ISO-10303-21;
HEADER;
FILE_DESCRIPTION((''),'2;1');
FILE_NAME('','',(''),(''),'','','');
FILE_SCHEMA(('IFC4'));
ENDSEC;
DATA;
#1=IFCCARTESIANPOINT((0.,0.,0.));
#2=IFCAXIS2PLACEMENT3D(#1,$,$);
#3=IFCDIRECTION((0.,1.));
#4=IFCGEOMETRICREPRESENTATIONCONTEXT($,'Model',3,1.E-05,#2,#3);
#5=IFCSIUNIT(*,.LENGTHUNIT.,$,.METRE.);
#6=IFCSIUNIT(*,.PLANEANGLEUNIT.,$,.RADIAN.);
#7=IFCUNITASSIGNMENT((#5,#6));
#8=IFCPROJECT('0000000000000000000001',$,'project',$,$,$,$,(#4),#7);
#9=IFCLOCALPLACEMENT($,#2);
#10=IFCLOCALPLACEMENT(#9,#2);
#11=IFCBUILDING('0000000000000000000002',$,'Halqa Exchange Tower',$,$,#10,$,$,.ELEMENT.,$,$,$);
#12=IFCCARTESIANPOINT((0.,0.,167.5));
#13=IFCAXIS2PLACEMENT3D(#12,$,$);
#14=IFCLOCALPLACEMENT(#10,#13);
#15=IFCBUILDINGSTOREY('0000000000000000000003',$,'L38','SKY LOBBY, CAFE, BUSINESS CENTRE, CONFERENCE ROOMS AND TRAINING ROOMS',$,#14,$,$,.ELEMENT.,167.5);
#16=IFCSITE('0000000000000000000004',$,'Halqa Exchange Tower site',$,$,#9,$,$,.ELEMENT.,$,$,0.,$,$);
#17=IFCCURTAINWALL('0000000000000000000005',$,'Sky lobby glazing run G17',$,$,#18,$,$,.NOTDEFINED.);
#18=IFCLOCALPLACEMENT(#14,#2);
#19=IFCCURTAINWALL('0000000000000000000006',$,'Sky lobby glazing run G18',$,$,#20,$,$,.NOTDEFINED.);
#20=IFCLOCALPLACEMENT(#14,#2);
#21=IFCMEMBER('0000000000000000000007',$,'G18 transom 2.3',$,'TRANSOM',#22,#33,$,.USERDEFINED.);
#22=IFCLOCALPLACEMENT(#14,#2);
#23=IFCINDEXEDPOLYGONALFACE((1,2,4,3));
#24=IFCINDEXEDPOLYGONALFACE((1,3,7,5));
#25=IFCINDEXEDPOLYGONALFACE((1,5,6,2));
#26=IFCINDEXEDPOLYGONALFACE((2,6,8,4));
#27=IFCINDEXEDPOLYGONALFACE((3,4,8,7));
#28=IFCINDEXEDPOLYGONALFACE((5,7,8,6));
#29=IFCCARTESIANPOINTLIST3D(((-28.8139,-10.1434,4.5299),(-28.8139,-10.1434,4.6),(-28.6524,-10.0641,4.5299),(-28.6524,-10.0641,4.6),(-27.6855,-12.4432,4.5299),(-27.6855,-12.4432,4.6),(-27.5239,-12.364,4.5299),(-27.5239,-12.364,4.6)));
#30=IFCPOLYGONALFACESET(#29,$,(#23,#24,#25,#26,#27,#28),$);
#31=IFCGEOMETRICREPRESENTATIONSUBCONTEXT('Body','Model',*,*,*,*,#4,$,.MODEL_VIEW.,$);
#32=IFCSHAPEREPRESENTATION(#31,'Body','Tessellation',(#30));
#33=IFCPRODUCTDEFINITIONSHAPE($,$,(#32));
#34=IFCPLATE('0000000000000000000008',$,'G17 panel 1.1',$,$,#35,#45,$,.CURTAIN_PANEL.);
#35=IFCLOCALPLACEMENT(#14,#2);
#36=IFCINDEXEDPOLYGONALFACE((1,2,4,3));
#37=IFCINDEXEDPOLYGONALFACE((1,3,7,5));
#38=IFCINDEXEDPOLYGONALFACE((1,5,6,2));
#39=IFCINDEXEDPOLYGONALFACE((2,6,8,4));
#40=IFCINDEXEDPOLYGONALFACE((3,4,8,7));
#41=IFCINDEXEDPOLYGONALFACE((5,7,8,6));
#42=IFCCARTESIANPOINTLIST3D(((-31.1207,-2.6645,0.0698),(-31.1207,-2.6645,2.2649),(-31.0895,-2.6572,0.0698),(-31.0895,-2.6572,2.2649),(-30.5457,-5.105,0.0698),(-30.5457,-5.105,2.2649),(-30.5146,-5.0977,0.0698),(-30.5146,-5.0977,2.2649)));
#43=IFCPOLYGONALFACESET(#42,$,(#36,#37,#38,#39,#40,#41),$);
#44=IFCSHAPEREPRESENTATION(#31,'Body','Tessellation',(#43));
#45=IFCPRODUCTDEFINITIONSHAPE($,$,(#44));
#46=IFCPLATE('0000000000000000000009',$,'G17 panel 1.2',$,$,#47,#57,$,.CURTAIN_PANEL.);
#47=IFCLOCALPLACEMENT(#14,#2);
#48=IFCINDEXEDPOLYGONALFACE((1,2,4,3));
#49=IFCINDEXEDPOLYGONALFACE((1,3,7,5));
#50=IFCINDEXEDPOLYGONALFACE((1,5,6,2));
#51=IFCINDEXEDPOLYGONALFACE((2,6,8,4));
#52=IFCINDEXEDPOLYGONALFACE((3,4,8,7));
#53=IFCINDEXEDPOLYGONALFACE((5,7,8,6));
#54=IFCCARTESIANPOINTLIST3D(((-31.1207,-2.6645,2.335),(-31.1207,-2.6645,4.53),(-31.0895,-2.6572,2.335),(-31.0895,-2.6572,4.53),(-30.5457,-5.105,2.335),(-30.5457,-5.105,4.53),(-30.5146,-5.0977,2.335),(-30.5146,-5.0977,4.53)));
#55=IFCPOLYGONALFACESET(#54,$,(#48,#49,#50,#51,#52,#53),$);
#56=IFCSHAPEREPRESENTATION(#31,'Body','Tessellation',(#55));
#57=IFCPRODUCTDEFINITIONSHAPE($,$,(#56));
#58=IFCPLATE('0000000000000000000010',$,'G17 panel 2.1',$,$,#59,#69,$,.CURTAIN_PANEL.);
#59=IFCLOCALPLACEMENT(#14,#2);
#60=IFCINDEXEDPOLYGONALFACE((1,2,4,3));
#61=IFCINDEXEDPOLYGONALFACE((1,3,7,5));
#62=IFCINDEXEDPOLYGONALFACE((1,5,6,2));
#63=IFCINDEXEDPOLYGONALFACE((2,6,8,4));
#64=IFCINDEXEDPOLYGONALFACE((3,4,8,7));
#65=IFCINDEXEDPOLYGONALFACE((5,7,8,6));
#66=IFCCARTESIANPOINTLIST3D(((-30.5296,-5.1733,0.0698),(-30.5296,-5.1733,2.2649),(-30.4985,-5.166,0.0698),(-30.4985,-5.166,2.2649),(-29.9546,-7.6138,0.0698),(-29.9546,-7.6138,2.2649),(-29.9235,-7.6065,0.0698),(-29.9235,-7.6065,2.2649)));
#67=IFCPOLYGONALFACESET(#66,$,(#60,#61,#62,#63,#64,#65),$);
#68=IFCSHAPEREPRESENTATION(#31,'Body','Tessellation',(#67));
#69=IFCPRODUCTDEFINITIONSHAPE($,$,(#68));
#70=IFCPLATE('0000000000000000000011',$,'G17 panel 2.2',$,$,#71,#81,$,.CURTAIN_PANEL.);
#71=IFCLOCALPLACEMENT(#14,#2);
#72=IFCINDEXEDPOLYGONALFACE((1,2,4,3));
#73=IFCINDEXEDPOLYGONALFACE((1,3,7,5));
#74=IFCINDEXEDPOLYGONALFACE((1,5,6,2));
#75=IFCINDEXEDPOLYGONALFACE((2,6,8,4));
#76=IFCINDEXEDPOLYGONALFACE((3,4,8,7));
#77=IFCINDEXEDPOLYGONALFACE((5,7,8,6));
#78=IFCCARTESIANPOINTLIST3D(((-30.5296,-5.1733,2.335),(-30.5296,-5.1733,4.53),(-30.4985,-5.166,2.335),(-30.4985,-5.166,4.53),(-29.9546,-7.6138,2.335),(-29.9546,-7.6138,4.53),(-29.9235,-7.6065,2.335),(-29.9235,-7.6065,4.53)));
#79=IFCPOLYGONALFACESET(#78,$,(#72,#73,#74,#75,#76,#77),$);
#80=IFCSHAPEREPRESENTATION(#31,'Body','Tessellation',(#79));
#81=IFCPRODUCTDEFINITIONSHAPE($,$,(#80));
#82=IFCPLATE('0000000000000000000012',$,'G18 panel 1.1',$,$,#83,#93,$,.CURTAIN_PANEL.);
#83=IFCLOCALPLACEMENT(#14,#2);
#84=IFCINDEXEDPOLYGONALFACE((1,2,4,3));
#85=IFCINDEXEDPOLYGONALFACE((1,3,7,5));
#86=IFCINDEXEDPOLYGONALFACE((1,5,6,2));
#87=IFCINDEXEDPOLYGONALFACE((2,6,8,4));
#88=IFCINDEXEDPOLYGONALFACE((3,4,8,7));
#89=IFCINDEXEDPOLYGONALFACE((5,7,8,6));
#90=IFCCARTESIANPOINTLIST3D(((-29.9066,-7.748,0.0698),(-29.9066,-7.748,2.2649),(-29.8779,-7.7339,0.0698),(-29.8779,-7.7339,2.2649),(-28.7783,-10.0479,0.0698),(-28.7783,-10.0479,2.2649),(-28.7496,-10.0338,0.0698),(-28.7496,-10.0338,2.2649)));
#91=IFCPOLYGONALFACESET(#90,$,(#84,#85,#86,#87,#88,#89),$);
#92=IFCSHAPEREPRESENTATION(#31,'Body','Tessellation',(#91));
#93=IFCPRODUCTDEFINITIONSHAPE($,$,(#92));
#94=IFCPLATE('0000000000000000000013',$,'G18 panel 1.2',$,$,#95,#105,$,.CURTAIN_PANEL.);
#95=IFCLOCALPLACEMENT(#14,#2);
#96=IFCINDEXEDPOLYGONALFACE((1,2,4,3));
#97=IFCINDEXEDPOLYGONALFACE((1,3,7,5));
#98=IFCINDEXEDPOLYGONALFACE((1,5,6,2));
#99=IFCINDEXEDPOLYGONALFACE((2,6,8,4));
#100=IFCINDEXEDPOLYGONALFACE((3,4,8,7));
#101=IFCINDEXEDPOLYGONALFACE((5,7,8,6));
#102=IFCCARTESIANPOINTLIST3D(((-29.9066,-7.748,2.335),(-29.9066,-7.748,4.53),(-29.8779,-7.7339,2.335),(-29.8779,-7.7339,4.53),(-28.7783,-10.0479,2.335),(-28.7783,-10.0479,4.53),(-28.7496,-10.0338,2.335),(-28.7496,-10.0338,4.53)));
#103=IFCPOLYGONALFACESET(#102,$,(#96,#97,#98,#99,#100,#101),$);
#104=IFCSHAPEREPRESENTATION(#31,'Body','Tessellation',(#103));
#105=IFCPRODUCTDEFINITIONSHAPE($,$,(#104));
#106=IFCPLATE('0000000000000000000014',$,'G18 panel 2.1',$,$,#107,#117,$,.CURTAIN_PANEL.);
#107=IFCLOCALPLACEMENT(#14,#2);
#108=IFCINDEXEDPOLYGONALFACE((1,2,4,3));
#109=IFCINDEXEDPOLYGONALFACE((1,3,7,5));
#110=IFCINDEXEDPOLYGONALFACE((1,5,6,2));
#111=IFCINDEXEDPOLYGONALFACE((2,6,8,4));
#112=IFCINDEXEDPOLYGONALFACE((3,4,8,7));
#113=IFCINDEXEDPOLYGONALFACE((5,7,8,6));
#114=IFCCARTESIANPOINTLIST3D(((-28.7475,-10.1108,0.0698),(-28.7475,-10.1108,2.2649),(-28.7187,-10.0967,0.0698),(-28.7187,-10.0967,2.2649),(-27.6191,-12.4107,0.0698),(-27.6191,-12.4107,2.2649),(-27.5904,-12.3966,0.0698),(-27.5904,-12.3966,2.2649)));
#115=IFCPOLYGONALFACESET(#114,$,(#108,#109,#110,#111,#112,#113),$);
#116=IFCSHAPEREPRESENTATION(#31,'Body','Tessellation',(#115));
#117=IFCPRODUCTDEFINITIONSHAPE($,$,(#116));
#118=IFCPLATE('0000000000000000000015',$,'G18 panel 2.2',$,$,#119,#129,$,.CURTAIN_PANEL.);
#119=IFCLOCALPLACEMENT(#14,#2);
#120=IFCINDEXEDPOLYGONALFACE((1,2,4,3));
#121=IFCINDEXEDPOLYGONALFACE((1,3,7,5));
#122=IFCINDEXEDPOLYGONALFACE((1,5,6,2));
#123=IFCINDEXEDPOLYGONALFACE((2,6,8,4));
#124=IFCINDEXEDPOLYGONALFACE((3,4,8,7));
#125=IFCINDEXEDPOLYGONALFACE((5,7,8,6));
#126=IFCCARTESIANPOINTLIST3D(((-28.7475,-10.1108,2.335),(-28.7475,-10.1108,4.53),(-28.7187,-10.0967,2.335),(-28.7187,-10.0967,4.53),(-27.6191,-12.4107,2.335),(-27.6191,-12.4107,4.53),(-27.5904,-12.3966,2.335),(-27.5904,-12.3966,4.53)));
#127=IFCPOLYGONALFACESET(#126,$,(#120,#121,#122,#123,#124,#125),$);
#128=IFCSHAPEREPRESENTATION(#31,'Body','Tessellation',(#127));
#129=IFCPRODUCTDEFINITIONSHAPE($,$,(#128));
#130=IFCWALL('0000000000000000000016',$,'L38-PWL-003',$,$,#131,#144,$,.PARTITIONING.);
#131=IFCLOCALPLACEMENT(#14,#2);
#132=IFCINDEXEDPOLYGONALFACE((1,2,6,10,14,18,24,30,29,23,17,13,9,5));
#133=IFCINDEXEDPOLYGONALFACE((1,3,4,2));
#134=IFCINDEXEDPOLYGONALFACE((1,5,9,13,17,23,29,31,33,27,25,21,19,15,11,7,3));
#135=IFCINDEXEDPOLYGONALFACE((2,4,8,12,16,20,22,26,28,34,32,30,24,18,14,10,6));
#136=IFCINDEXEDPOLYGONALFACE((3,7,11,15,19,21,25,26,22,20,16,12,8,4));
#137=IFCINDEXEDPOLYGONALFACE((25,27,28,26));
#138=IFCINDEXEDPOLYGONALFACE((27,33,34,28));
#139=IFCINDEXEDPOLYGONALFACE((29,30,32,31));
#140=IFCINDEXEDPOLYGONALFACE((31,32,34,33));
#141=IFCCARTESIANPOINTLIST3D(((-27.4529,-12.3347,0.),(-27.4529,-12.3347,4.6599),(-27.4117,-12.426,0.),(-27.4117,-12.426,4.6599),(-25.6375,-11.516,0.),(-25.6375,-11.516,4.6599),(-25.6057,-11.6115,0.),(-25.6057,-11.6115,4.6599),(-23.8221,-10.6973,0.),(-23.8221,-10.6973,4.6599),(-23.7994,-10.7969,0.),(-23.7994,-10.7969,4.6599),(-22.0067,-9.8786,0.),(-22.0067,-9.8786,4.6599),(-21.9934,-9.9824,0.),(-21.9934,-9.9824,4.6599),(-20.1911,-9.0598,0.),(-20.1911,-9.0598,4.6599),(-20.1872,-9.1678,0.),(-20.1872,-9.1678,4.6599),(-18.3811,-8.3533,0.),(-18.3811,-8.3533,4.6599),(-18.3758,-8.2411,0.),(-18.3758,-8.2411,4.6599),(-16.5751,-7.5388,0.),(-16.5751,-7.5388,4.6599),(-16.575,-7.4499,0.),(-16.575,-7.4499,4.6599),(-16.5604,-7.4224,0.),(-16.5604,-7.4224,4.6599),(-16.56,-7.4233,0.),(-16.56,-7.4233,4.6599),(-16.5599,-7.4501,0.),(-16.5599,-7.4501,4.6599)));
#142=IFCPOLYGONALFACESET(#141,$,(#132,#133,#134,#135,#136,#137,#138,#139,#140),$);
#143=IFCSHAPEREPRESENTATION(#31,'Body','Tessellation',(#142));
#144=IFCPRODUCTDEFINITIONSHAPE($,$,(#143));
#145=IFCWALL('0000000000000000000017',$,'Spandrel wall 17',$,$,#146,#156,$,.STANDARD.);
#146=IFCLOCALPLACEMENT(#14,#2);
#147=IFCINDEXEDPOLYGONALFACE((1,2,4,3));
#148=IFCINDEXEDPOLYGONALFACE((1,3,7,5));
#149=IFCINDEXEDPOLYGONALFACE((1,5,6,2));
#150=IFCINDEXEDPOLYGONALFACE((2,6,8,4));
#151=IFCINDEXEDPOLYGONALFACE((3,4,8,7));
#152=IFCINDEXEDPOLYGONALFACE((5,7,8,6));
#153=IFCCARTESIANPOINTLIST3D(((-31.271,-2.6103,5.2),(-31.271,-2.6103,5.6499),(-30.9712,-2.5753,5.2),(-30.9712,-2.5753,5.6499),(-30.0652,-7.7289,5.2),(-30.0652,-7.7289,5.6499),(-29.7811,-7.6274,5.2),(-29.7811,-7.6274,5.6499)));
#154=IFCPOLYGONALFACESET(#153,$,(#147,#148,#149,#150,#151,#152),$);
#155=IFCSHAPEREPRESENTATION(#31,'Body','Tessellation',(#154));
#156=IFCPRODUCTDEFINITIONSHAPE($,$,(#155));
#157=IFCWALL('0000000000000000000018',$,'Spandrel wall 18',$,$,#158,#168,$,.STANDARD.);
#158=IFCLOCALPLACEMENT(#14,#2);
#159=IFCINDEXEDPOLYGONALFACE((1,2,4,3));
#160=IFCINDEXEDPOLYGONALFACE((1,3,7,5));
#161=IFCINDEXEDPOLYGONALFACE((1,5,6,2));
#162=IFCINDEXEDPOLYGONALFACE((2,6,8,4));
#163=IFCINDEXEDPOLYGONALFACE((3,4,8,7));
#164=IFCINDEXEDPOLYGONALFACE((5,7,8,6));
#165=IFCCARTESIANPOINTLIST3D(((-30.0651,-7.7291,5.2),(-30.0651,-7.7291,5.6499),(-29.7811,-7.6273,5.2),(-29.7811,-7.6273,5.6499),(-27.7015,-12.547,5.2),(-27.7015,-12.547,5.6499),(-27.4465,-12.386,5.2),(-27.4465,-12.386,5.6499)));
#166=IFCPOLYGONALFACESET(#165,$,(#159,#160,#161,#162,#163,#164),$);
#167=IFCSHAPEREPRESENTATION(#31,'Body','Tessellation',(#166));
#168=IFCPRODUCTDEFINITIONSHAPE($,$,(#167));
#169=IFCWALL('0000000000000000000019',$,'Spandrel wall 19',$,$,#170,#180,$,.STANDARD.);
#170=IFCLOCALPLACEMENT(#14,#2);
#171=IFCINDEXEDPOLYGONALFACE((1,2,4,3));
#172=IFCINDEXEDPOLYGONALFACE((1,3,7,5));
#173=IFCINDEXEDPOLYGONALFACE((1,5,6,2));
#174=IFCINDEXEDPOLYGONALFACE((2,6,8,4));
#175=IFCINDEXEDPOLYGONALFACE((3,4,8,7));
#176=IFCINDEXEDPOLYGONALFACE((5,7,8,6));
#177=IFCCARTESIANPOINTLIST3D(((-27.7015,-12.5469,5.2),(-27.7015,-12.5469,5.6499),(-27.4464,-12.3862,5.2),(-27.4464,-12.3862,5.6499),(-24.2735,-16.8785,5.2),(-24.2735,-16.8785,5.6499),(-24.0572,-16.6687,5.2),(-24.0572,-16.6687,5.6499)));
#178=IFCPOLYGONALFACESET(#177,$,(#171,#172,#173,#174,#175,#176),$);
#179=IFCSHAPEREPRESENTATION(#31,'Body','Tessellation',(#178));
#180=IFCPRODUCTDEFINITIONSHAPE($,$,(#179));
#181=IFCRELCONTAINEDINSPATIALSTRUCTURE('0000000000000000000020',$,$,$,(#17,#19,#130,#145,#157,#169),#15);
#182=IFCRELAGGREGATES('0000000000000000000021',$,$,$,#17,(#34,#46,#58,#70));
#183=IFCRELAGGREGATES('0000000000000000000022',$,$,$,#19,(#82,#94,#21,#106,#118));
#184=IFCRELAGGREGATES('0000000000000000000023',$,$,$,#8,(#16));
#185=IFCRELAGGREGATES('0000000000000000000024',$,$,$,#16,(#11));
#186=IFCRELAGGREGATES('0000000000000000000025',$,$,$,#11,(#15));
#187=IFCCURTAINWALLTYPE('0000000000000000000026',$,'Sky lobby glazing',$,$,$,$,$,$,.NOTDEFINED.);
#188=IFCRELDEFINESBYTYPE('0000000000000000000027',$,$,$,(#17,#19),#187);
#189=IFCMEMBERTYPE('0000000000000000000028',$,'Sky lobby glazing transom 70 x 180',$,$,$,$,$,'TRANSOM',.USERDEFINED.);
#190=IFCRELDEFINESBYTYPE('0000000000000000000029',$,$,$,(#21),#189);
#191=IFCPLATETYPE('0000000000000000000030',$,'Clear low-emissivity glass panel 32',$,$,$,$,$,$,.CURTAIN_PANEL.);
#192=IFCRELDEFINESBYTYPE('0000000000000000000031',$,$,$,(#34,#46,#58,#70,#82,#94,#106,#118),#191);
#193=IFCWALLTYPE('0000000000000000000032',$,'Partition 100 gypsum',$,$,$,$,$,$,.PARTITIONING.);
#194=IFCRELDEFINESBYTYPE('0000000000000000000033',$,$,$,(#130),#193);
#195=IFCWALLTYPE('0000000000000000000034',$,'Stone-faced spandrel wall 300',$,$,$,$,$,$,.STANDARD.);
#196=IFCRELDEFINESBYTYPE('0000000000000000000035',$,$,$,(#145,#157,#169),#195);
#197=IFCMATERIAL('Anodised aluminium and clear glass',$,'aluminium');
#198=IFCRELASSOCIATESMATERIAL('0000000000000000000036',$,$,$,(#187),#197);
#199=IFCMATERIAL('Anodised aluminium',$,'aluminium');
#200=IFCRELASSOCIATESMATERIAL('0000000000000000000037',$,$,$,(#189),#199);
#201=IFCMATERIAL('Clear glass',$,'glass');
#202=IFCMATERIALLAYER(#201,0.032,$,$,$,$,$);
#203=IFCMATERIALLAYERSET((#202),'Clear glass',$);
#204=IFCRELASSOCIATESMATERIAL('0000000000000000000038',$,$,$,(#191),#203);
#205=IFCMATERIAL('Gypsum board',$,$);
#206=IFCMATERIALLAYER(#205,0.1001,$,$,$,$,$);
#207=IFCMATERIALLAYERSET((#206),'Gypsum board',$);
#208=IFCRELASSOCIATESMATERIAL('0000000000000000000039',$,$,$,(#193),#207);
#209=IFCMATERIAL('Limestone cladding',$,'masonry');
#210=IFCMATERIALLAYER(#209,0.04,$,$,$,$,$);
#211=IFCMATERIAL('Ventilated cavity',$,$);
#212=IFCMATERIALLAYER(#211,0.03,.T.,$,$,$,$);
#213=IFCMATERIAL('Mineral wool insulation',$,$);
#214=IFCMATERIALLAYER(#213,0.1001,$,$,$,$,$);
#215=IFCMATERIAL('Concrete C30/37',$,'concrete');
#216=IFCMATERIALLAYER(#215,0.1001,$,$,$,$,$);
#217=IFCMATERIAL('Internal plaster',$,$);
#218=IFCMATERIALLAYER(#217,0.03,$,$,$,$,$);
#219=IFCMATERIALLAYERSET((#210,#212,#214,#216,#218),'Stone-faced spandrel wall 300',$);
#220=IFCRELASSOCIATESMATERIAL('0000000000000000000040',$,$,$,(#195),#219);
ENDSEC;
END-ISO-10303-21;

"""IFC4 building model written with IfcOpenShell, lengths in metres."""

from ifc_helpers import new_model, si_unit, direction, frame, origin, origin_2d, place, context, subcontext, project, spatial, polyline, rectangle, outline, extrude, material, layer, layer_set, material_profile, profile_set, type_object, element, aggregate, save


model = new_model("IFC4")

# Units and contexts
model_context = context("Model", 3, precision=1e-05, world=origin(), true_north=direction((0.0, 1.0)))
body_context = subcontext(model_context, "Body", "Model", "MODEL_VIEW")
ifc_project = project(units=[si_unit("LENGTHUNIT", "METRE"), si_unit("PLANEANGLEUNIT", "RADIAN")], contexts=[model_context])

# Site, building, storey
site_placement = place(None, origin())
site = spatial("IfcSite", under=ifc_project, at=site_placement, Name="Halqa Exchange Tower site", CompositionType="ELEMENT", RefElevation=0.0)
building_placement = place(site_placement, origin())
building = spatial("IfcBuilding", under=site, at=building_placement, Name="Halqa Exchange Tower", CompositionType="ELEMENT")
storey_placement = place(building_placement, frame((0.0, 0.0, 167.5)))
storey = spatial("IfcBuildingStorey", under=building, at=storey_placement, Name="L38", Description="SKY LOBBY, CAFE, BUSINESS CENTRE, CONFERENCE ROOMS AND TRAINING ROOMS", CompositionType="ELEMENT", Elevation=167.5)

# Curtain walls
ifc_material_1 = material(Name="Anodised aluminium and clear glass", Category="aluminium")
curtain_wall_type = type_object("IfcCurtainWallType", Name="Sky lobby glazing", PredefinedType="NOTDEFINED", material=ifc_material_1)
curtain_wall_1_placement = place(storey_placement, origin())
curtain_wall_1 = element("IfcCurtainWall", 1, at=curtain_wall_1_placement, inside=storey, type_object=curtain_wall_type, Name="Sky lobby glazing run G17", PredefinedType="NOTDEFINED")
ifc_material_2 = material(Name="Anodised aluminium", Category="aluminium")
curtain_wall_2_placement = place(storey_placement, origin())
curtain_wall_2 = element("IfcCurtainWall", 2, at=curtain_wall_2_placement, inside=storey, type_object=curtain_wall_type, Name="Sky lobby glazing run G18", PredefinedType="NOTDEFINED")

# Member
ifc_material_profile_1 = material_profile(ifc_material_2, rectangle(XDim=0.1799, YDim=0.0701, at=origin_2d()), Name="AL 70x180")
ifc_profile_set_1 = profile_set([ifc_material_profile_1], Name="Anodised aluminium")
member_type_1 = type_object("IfcMemberType", Name="Sky lobby glazing transom 70 x 180", ElementType="TRANSOM", PredefinedType="USERDEFINED", material=ifc_profile_set_1)
member_1_placement = place(storey_placement, frame((-28.7332, -10.1038, 4.5649), z_axis=(0.440492, -0.897757, 0.0), x_axis=(0.897757, 0.440492, 0.0)))
member_1 = element("IfcMember", 3, at=member_1_placement, type_object=member_type_1, Name="G18 transom 2.3", ObjectType="TRANSOM", PredefinedType="USERDEFINED", context=body_context, shape_type="SweptSolid", body=[
    extrude(rectangle(XDim=0.1799, YDim=0.0701, at=origin_2d()), origin(), (0.0, 0.0, 1.0), 2.5618),
])

# Plates
ifc_material_3 = material(Name="Clear glass", Category="glass")
ifc_layer_1 = layer(ifc_material_3, 0.032)
ifc_layer_set_1 = layer_set([ifc_layer_1], Name="Clear glass")
plate_type = type_object("IfcPlateType", Name="Clear low-emissivity glass panel 32", PredefinedType="CURTAIN_PANEL", material=ifc_layer_set_1)
plate_1_placement = place(storey_placement, frame((-30.8176, -3.8811, 0.0698), z_axis=(0.0, 0.0, 1.0), x_axis=(0.229318, -0.973352, 0.0)))
plate_1 = element("IfcPlate", 4, at=plate_1_placement, type_object=plate_type, Name="G17 panel 1.1", PredefinedType="CURTAIN_PANEL", context=body_context, shape_type="SweptSolid", body=[
    extrude(rectangle(XDim=2.5073, YDim=0.032, at=origin_2d()), origin(), (0.0, 0.0, 1.0), 2.1951),
])
plate_2_placement = place(storey_placement, frame((-30.8176, -3.8811, 2.335), z_axis=(0.0, 0.0, 1.0), x_axis=(0.229318, -0.973352, 0.0)))
plate_2 = element("IfcPlate", 5, at=plate_2_placement, type_object=plate_type, Name="G17 panel 1.2", PredefinedType="CURTAIN_PANEL", context=body_context, shape_type="SweptSolid", body=[
    extrude(rectangle(XDim=2.5073, YDim=0.032, at=origin_2d()), origin(), (0.0, 0.0, 1.0), 2.1951),
])
plate_3_placement = place(storey_placement, frame((-30.2266, -6.3899, 0.0698), z_axis=(0.0, 0.0, 1.0), x_axis=(0.229318, -0.973352, 0.0)))
plate_3 = element("IfcPlate", 6, at=plate_3_placement, type_object=plate_type, Name="G17 panel 2.1", PredefinedType="CURTAIN_PANEL", context=body_context, shape_type="SweptSolid", body=[
    extrude(rectangle(XDim=2.5073, YDim=0.032, at=origin_2d()), origin(), (0.0, 0.0, 1.0), 2.1951),
])
plate_4_placement = place(storey_placement, frame((-30.2266, -6.3899, 2.335), z_axis=(0.0, 0.0, 1.0), x_axis=(0.229318, -0.973352, 0.0)))
plate_4 = element("IfcPlate", 7, at=plate_4_placement, type_object=plate_type, Name="G17 panel 2.2", PredefinedType="CURTAIN_PANEL", context=body_context, shape_type="SweptSolid", body=[
    extrude(rectangle(XDim=2.5073, YDim=0.032, at=origin_2d()), origin(), (0.0, 0.0, 1.0), 2.1951),
])
aggregate(curtain_wall_1, [plate_1, plate_2, plate_3, plate_4])
plate_5_placement = place(storey_placement, frame((-29.3281, -8.8909, 0.0698), z_axis=(0.0, 0.0, 1.0), x_axis=(0.440444, -0.89778, 0.0)))
plate_5 = element("IfcPlate", 8, at=plate_5_placement, type_object=plate_type, Name="G18 panel 1.1", PredefinedType="CURTAIN_PANEL", context=body_context, shape_type="SweptSolid", body=[
    extrude(rectangle(XDim=2.5618, YDim=0.032, at=origin_2d()), origin(), (0.0, 0.0, 1.0), 2.1951),
])
plate_6_placement = place(storey_placement, frame((-29.3281, -8.8909, 2.335), z_axis=(0.0, 0.0, 1.0), x_axis=(0.440444, -0.89778, 0.0)))
plate_6 = element("IfcPlate", 9, at=plate_6_placement, type_object=plate_type, Name="G18 panel 1.2", PredefinedType="CURTAIN_PANEL", context=body_context, shape_type="SweptSolid", body=[
    extrude(rectangle(XDim=2.5618, YDim=0.032, at=origin_2d()), origin(), (0.0, 0.0, 1.0), 2.1951),
])
plate_7_placement = place(storey_placement, frame((-28.1689, -11.2537, 0.0698), z_axis=(0.0, 0.0, 1.0), x_axis=(0.440444, -0.89778, 0.0)))
plate_7 = element("IfcPlate", 10, at=plate_7_placement, type_object=plate_type, Name="G18 panel 2.1", PredefinedType="CURTAIN_PANEL", context=body_context, shape_type="SweptSolid", body=[
    extrude(rectangle(XDim=2.5618, YDim=0.032, at=origin_2d()), origin(), (0.0, 0.0, 1.0), 2.1951),
])
plate_8_placement = place(storey_placement, frame((-28.1689, -11.2537, 2.335), z_axis=(0.0, 0.0, 1.0), x_axis=(0.440444, -0.89778, 0.0)))
plate_8 = element("IfcPlate", 11, at=plate_8_placement, type_object=plate_type, Name="G18 panel 2.2", PredefinedType="CURTAIN_PANEL", context=body_context, shape_type="SweptSolid", body=[
    extrude(rectangle(XDim=2.5618, YDim=0.032, at=origin_2d()), origin(), (0.0, 0.0, 1.0), 2.1951),
])
aggregate(curtain_wall_2, [plate_5, plate_6, member_1, plate_7, plate_8])

# Walls
ifc_material_4 = material(Name="Gypsum board")
ifc_layer_2 = layer(ifc_material_4, 0.1001)
ifc_layer_set_2 = layer_set([ifc_layer_2], Name="Gypsum board")
wall_type_1 = type_object("IfcWallType", Name="Partition 100 gypsum", PredefinedType="PARTITIONING", material=ifc_layer_set_2)
wall_1_placement = place(storey_placement, frame((-16.5398, -7.468, 0.0), z_axis=(0.0, 0.0, 1.0), x_axis=(-0.911586, -0.411109, 0.0)))
element("IfcWall", 12, at=wall_1_placement, inside=storey, type_object=wall_type_1, Name="L38-PWL-003", PredefinedType="PARTITIONING", context=body_context, shape_type="SweptSolid", body=[
    extrude(outline(polyline([(11.949, 0.05), (9.9678, 0.05), (7.9863, 0.05), (6.0051, 0.05), (4.0237, 0.05), (2.0425, 0.05), (0.0613, 0.05), (0.0247, -0.031), (0.011, -0.0247), (0.0, -0.0491), (0.0, -0.05), (1.9915, -0.05), (3.9829, -0.05), (5.9746, -0.05), (7.9661, -0.05), (9.9575, -0.05), (11.949, -0.05), (11.949, 0.05)])), origin(), (0.0, 0.0, 1.0), 4.6599),
])
ifc_material_5 = material(Name="Limestone cladding", Category="masonry")
ifc_layer_3 = layer(ifc_material_5, 0.04)
ifc_material_6 = material(Name="Ventilated cavity")
ifc_layer_4 = layer(ifc_material_6, 0.03, ventilated=True)
ifc_material_7 = material(Name="Mineral wool insulation")
ifc_layer_5 = layer(ifc_material_7, 0.1001)
ifc_material_8 = material(Name="Concrete C30/37", Category="concrete")
ifc_layer_6 = layer(ifc_material_8, 0.1001)
ifc_material_9 = material(Name="Internal plaster")
ifc_layer_7 = layer(ifc_material_9, 0.03)
ifc_layer_set_3 = layer_set([ifc_layer_3, ifc_layer_4, ifc_layer_5, ifc_layer_6, ifc_layer_7], Name="Stone-faced spandrel wall 300")
wall_type_2 = type_object("IfcWallType", Name="Stone-faced spandrel wall 300", PredefinedType="STANDARD", material=ifc_layer_set_3)
wall_2_placement = place(storey_placement, frame((-31.1211, -2.5928, 5.2), z_axis=(0.0, 0.0, 1.0), x_axis=(0.229297, -0.973356, 0.0)))
element("IfcWall", 13, at=wall_2_placement, inside=storey, type_object=wall_type_2, Name="Spandrel wall 17", PredefinedType="STANDARD", context=body_context, shape_type="SweptSolid", body=[
    extrude(outline(polyline([(-0.0173, -0.1499), (5.2415, -0.1499), (5.2078, 0.1499), (0.0173, 0.1499), (-0.0173, -0.1499)])), origin(), (0.0, 0.0, 1.0), 0.45),
])
wall_3_placement = place(storey_placement, frame((-29.9231, -7.6782, 5.2), z_axis=(0.0, 0.0, 1.0), x_axis=(0.440444, -0.89778, 0.0)))
element("IfcWall", 14, at=wall_3_placement, inside=storey, type_object=wall_type_2, Name="Spandrel wall 18", PredefinedType="STANDARD", context=body_context, shape_type="SweptSolid", body=[
    extrude(outline(polyline([(-0.0168, -0.1499), (5.3496, -0.1499), (5.3174, 0.1499), (0.0168, 0.1499), (-0.0168, -0.1499)])), origin(), (0.0, 0.0, 1.0), 0.45),
])
wall_4_placement = place(storey_placement, frame((-27.574, -12.4666, 5.2), z_axis=(0.0, 0.0, 1.0), x_axis=(0.620578, -0.784145, 0.0)))
element("IfcWall", 15, at=wall_4_placement, inside=storey, type_object=wall_type_2, Name="Spandrel wall 19", PredefinedType="STANDARD", context=body_context, shape_type="SweptSolid", body=[
    extrude(outline(polyline([(-0.0161, -0.1499), (5.5078, -0.1499), (5.4775, 0.1499), (0.0161, 0.1499), (-0.0161, -0.1499)])), origin(), (0.0, 0.0, 1.0), 0.45),
])

save(model, "model.ifc")
